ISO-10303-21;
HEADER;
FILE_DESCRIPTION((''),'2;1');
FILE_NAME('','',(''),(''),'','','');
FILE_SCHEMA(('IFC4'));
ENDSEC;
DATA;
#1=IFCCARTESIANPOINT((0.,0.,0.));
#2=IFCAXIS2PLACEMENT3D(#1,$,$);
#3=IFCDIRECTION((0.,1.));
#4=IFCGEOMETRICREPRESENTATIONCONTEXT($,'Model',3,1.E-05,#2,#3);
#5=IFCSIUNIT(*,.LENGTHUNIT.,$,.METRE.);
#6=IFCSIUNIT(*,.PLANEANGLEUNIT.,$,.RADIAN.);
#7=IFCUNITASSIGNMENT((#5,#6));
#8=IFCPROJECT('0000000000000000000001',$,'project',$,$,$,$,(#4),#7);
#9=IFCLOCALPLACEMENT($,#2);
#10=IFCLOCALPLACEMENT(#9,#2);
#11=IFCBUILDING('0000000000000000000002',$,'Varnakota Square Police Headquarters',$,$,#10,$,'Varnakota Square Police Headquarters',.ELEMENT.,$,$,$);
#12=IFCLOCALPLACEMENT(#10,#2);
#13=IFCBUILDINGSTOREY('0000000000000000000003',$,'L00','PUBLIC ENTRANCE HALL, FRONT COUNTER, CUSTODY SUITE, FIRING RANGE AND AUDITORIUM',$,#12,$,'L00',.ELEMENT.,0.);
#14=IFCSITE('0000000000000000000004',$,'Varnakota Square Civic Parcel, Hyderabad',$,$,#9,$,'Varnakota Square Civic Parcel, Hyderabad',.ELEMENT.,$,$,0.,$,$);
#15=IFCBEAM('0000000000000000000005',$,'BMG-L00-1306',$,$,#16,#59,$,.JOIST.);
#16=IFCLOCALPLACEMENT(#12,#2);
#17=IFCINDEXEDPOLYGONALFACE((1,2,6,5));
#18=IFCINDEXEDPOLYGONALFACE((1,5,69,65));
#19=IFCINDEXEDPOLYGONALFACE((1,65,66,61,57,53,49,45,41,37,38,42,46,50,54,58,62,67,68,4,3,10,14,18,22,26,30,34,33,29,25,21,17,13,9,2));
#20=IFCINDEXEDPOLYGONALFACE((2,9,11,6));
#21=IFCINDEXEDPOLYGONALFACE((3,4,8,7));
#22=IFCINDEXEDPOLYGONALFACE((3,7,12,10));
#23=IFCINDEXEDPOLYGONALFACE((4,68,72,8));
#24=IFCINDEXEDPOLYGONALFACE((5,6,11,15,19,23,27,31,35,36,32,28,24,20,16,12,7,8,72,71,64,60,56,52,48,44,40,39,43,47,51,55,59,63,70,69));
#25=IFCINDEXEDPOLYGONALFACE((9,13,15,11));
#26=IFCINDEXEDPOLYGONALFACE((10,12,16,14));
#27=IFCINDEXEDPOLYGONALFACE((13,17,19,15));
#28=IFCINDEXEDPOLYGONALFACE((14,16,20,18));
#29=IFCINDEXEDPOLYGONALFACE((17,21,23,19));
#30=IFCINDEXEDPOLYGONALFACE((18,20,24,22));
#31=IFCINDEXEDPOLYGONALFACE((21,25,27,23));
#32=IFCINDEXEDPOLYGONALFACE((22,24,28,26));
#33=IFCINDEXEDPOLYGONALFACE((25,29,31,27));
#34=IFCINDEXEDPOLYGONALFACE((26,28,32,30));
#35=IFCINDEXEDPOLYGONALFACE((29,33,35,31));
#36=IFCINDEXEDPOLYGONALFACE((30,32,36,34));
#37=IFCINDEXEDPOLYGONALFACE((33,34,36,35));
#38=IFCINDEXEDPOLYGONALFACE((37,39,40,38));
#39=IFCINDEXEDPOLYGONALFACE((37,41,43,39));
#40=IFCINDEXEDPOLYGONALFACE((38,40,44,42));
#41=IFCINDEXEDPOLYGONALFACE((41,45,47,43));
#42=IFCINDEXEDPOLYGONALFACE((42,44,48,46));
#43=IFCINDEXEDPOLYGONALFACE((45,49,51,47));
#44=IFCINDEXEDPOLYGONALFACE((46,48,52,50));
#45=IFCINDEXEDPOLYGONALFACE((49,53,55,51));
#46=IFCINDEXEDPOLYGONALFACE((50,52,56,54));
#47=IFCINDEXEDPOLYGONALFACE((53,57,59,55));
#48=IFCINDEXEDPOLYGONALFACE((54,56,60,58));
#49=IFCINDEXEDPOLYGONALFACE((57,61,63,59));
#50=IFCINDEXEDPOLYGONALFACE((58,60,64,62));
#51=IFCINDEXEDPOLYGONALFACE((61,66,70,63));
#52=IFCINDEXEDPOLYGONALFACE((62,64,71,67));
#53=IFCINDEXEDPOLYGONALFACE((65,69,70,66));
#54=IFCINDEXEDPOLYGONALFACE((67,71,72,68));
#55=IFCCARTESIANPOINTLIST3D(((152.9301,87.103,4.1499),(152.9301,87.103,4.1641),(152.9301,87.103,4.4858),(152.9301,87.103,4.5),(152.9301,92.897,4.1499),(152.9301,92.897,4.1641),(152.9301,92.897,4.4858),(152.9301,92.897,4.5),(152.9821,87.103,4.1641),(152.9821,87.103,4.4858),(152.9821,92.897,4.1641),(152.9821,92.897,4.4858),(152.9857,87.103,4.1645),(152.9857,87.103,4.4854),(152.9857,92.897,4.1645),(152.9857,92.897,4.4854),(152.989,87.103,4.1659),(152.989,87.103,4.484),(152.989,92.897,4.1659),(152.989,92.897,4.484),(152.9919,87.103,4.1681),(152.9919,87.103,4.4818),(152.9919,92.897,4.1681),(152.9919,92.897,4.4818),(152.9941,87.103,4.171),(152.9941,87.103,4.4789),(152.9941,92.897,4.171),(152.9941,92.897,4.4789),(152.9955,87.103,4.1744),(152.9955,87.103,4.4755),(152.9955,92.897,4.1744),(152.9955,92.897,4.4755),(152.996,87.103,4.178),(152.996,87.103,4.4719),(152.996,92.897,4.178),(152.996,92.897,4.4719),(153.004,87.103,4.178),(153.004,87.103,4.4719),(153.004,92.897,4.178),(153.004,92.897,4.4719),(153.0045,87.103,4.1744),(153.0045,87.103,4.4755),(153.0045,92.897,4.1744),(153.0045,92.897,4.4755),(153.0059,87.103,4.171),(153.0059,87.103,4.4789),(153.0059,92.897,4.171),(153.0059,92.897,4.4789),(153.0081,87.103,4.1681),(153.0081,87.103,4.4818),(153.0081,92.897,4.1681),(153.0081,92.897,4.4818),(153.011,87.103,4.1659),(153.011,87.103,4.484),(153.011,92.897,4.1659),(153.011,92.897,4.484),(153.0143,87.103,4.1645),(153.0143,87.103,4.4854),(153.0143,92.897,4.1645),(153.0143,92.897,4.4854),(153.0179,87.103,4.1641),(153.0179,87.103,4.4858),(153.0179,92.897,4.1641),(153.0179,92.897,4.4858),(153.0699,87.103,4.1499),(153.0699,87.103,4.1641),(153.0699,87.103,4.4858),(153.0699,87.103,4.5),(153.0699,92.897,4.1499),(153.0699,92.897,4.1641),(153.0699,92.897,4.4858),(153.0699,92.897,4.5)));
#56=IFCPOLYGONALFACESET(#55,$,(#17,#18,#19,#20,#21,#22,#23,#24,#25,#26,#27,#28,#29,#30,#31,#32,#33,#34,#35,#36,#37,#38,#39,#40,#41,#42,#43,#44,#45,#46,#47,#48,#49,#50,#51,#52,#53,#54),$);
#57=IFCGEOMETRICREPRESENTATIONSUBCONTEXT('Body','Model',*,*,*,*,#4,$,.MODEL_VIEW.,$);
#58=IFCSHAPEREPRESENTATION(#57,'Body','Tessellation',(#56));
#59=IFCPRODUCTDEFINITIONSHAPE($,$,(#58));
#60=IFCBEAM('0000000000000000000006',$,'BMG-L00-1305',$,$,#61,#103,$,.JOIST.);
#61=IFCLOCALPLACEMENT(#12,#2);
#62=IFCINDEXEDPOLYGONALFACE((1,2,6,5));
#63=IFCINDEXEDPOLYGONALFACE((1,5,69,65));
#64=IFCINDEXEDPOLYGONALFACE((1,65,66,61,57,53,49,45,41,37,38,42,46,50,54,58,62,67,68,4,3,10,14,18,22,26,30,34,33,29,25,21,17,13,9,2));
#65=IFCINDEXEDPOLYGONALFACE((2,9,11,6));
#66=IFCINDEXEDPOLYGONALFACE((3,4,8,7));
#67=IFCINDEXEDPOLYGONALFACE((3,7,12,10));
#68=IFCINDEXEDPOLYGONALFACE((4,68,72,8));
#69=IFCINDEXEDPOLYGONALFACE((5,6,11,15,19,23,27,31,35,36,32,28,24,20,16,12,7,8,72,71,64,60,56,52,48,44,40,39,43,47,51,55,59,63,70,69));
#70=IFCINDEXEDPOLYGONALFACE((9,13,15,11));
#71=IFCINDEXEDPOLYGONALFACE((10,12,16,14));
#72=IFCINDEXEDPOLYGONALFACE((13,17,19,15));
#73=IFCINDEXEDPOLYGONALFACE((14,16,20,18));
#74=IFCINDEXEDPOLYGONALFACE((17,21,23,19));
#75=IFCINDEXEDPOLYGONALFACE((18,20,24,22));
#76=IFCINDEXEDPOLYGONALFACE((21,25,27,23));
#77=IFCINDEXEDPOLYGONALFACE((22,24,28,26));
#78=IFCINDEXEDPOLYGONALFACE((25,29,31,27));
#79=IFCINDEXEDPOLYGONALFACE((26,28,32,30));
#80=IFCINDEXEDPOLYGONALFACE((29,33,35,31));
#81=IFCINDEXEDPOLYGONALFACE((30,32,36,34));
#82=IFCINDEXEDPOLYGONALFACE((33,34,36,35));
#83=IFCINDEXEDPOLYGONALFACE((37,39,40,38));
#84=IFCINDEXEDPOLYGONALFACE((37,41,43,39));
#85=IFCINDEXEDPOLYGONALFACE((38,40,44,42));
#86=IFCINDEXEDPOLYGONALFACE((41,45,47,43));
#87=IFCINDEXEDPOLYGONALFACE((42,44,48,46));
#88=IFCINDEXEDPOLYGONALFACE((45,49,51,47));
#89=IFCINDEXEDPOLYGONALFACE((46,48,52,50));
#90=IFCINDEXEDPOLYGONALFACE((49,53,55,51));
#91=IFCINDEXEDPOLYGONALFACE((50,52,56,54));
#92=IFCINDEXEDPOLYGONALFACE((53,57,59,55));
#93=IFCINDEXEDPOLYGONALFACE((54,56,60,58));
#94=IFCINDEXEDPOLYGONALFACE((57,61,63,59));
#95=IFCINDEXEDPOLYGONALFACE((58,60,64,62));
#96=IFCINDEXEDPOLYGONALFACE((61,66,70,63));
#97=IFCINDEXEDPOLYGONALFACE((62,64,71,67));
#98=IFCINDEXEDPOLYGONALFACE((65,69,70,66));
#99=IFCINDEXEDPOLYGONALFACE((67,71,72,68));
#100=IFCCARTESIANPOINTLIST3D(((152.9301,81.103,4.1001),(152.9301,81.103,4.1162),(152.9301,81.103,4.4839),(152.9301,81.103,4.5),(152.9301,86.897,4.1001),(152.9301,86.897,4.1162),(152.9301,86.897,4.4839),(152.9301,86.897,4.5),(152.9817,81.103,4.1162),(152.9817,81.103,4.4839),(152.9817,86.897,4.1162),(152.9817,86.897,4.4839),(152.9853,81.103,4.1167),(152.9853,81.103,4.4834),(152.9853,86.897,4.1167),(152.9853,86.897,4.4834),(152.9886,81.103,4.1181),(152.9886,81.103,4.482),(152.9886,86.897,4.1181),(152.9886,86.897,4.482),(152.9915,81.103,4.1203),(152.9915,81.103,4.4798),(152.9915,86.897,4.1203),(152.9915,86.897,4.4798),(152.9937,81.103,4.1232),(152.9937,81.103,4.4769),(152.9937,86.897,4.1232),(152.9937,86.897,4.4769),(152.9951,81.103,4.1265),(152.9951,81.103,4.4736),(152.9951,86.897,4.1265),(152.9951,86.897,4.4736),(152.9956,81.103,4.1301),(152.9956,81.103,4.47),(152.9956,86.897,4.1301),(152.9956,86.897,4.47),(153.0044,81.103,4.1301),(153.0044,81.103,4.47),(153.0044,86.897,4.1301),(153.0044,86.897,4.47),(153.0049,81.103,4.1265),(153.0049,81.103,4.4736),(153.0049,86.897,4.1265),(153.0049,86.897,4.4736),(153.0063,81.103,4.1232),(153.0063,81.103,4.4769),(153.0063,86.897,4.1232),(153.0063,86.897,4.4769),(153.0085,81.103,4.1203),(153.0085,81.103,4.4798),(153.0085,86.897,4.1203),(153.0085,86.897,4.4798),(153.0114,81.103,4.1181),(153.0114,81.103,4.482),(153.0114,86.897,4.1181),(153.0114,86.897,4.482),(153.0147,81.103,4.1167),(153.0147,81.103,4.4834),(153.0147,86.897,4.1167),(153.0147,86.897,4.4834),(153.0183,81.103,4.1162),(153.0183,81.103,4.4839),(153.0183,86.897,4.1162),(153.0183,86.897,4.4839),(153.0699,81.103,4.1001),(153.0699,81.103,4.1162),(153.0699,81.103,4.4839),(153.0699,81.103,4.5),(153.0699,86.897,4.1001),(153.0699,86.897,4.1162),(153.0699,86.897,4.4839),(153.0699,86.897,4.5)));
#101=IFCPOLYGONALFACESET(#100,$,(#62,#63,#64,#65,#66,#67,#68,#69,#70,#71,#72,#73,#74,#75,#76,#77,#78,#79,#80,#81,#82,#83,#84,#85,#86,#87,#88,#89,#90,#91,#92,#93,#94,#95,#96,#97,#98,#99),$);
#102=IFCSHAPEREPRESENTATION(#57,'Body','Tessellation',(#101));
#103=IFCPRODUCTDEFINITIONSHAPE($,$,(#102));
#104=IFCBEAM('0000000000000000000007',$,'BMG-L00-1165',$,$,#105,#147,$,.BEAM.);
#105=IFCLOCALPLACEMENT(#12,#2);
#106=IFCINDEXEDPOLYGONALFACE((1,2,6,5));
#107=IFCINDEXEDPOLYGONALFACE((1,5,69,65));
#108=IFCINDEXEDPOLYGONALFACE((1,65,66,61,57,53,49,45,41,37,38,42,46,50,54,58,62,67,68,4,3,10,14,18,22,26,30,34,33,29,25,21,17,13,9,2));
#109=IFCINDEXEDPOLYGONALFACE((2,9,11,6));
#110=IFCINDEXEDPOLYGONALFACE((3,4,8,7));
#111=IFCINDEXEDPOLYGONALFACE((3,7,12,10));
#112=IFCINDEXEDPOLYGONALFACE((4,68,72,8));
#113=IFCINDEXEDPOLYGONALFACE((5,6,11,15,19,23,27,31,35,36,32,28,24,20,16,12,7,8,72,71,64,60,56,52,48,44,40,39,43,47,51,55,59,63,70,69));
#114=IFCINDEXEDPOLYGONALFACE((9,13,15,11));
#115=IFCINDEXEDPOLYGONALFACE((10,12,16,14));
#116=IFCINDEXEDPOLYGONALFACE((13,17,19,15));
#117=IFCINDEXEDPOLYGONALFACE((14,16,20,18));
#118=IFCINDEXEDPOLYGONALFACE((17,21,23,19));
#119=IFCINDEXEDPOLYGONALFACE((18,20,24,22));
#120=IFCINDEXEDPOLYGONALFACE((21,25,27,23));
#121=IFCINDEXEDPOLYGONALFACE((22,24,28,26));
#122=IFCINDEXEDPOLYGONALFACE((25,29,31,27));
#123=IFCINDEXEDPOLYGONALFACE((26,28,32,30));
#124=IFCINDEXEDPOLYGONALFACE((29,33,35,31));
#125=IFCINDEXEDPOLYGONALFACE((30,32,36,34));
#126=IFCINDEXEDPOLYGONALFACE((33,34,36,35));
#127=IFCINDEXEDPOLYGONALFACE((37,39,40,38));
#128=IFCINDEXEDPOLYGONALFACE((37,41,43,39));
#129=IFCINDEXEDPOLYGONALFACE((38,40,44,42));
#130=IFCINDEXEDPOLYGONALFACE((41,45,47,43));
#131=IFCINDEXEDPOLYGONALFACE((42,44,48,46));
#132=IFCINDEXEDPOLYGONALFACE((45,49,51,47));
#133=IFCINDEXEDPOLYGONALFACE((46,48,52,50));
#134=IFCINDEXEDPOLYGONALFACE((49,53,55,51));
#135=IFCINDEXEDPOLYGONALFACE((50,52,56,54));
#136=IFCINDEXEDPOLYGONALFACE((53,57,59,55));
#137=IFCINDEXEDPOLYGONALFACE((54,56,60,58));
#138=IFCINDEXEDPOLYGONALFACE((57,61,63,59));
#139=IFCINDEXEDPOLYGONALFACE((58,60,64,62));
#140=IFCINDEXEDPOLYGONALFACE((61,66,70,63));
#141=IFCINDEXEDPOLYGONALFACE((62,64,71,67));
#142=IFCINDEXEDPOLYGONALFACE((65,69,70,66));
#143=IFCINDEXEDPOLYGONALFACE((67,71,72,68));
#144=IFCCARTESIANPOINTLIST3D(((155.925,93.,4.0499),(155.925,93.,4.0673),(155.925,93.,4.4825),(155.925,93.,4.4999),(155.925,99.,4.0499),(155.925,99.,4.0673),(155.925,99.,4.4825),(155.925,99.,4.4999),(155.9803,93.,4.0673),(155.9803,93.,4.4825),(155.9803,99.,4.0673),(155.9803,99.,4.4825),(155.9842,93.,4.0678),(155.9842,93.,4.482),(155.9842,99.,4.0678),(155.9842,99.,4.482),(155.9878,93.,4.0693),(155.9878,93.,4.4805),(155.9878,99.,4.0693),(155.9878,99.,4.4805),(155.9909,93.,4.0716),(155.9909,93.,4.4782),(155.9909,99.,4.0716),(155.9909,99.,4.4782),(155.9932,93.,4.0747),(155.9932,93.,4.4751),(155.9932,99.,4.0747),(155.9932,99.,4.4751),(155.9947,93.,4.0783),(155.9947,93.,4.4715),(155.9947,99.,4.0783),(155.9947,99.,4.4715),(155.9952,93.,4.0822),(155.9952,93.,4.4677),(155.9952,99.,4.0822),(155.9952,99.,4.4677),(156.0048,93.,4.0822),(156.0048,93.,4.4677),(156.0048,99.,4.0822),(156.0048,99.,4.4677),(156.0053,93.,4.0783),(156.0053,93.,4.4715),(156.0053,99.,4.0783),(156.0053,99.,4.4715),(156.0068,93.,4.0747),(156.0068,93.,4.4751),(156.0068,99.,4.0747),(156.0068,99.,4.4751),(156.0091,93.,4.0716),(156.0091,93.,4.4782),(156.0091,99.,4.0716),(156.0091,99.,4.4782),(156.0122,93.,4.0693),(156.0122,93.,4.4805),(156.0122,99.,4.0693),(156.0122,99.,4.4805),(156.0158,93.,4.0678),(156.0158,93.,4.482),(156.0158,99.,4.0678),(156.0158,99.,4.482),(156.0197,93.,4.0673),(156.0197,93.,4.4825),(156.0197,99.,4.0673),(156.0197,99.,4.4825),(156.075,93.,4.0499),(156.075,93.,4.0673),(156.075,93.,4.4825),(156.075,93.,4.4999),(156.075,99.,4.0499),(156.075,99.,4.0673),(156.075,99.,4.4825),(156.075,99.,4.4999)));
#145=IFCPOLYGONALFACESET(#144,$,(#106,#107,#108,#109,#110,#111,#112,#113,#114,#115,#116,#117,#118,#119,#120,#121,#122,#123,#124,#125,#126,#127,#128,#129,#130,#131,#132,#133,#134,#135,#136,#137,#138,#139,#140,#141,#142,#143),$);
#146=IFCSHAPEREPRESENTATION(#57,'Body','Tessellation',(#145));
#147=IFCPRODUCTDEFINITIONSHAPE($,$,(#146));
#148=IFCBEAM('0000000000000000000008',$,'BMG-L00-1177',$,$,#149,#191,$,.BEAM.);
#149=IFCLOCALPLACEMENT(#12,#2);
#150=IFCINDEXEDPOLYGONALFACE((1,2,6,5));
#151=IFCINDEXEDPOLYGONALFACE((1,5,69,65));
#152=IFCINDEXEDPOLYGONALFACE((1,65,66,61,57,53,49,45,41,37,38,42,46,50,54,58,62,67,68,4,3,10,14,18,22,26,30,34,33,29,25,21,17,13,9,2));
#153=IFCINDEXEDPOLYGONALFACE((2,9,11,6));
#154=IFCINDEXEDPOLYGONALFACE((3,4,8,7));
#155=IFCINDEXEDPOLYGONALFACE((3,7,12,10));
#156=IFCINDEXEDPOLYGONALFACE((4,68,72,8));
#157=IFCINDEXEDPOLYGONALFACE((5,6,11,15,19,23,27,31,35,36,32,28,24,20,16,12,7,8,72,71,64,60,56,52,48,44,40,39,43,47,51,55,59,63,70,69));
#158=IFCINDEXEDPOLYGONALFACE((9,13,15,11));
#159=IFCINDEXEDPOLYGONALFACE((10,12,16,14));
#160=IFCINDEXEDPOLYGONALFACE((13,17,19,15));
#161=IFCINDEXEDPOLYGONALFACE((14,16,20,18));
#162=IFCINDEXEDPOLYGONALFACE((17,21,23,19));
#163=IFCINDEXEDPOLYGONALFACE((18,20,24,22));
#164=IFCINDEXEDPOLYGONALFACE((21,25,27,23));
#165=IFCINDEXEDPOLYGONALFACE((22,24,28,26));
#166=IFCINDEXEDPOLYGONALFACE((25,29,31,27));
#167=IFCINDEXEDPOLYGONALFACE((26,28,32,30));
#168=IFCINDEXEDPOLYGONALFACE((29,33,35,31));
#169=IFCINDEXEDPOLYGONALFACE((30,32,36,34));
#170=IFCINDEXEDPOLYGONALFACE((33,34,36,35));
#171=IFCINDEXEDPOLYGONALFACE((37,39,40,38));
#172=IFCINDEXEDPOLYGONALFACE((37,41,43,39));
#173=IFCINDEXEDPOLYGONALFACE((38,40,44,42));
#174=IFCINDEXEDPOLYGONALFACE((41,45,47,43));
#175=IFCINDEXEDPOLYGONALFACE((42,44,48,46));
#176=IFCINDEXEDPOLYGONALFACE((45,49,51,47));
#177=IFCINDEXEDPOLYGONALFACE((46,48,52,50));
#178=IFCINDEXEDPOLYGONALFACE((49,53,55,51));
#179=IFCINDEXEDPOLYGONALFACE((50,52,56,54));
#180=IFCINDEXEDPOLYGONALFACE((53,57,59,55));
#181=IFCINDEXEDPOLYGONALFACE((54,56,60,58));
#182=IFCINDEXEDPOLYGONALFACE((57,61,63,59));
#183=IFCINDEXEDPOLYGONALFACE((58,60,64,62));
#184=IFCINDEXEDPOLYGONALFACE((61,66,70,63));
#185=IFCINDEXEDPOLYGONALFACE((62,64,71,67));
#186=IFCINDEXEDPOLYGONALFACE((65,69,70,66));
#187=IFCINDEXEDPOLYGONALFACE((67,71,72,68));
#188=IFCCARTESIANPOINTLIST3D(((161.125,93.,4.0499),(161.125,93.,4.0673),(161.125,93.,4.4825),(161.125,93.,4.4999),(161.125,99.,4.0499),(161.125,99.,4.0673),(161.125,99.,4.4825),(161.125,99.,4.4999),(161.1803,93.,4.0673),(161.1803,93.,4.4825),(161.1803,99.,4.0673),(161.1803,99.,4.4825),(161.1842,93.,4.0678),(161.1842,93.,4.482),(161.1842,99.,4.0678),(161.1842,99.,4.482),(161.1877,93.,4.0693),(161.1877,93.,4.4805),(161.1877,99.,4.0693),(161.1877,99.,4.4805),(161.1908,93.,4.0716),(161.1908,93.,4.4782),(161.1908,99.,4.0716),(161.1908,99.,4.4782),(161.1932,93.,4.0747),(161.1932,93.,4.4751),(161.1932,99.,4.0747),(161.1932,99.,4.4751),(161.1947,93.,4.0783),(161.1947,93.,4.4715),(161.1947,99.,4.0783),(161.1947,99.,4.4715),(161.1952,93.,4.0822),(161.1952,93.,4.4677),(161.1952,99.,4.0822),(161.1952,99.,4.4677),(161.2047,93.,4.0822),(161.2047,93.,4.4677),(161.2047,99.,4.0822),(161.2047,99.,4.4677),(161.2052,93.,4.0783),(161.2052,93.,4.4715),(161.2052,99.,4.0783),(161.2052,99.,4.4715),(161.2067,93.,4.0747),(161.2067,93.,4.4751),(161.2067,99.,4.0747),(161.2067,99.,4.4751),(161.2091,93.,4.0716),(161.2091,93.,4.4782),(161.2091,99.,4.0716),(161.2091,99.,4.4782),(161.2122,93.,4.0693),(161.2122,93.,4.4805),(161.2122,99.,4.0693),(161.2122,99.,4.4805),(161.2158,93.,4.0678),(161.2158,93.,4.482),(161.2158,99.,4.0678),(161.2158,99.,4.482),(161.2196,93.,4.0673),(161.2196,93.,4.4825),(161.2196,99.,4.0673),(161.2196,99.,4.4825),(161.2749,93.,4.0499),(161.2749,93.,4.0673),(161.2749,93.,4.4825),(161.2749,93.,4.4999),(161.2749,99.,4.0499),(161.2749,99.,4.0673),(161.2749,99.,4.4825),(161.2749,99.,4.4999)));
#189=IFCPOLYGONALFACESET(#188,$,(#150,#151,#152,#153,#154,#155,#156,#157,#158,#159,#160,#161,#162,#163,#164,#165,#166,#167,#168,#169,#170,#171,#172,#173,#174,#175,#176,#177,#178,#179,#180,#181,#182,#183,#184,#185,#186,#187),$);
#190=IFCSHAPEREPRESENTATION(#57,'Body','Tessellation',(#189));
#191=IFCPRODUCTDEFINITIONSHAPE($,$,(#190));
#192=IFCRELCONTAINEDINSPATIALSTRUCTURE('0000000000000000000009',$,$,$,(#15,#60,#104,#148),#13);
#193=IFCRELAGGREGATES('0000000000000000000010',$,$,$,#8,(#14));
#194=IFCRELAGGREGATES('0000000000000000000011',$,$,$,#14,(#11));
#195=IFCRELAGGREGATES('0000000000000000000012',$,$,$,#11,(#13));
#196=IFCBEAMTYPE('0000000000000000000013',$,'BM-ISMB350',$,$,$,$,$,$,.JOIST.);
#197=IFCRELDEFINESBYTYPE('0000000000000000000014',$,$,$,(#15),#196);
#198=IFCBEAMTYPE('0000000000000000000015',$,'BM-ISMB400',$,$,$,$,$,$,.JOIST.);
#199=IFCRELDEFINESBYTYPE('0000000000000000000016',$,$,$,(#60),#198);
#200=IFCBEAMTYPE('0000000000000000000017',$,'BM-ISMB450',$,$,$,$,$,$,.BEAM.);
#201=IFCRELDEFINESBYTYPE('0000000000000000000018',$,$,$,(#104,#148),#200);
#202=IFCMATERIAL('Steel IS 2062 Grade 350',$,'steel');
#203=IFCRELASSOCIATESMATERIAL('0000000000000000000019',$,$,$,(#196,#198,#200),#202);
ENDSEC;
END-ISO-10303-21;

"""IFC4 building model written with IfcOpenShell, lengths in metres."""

from ifc_helpers import new_model, si_unit, direction, frame, origin, origin_2d, place, context, subcontext, project, spatial, i_section, extrude, material, material_profile, profile_set, type_object, element, save


model = new_model("IFC4")

# Units and contexts
model_context = context("Model", 3, precision=1e-05, world=origin(), true_north=direction((0.0, 1.0)))
body_context = subcontext(model_context, "Body", "Model", "MODEL_VIEW")
ifc_project = project(units=[si_unit("LENGTHUNIT", "METRE"), si_unit("PLANEANGLEUNIT", "RADIAN")], contexts=[model_context])

# Site, building, storey
site_placement = place(None, origin())
site = spatial("IfcSite", under=ifc_project, at=site_placement, Name="Varnakota Square Civic Parcel, Hyderabad", LongName="Varnakota Square Civic Parcel, Hyderabad", CompositionType="ELEMENT", RefElevation=0.0)
building_placement = place(site_placement, origin())
building = spatial("IfcBuilding", under=site, at=building_placement, Name="Varnakota Square Police Headquarters", LongName="Varnakota Square Police Headquarters", CompositionType="ELEMENT")
storey_placement = place(building_placement, origin())
storey = spatial("IfcBuildingStorey", under=building, at=storey_placement, Name="L00", Description="PUBLIC ENTRANCE HALL, FRONT COUNTER, CUSTODY SUITE, FIRING RANGE AND AUDITORIUM", LongName="L00", CompositionType="ELEMENT", Elevation=0.0)

# Beams
ifc_material_1 = material(Name="Steel IS 2062 Grade 350", Category="steel")
ifc_material_profile_1 = material_profile(ifc_material_1, i_section(OverallWidth=0.1399, OverallDepth=0.3501, WebThickness=0.0081, FlangeThickness=0.0142, FilletRadius=0.0139, at=origin_2d()), Name="ISMB 350")
ifc_profile_set_1 = profile_set([ifc_material_profile_1], Name="Steel IS 2062 Grade 350")
beam_type_1 = type_object("IfcBeamType", Name="BM-ISMB350", PredefinedType="JOIST", material=ifc_profile_set_1)
beam_1_placement = place(storey_placement, frame((153.0, 87.103, 4.325), z_axis=(0.0, 1.0, 0.0), x_axis=(-1.0, 0.0, 0.0)))
element("IfcBeam", 1, at=beam_1_placement, inside=storey, type_object=beam_type_1, Name="BMG-L00-1306", PredefinedType="JOIST", context=body_context, shape_type="SweptSolid", body=[
    extrude(i_section(OverallWidth=0.1399, OverallDepth=0.3501, WebThickness=0.0081, FlangeThickness=0.0142, FilletRadius=0.0139, at=origin_2d()), origin(), (0.0, 0.0, 1.0), 5.7939),
])
ifc_material_profile_2 = material_profile(ifc_material_1, i_section(OverallWidth=0.1399, OverallDepth=0.3999, WebThickness=0.0088, FlangeThickness=0.0161, FilletRadius=0.0139, at=origin_2d()), Name="ISMB 400")
ifc_profile_set_2 = profile_set([ifc_material_profile_2], Name="Steel IS 2062 Grade 350")
beam_type_2 = type_object("IfcBeamType", Name="BM-ISMB400", PredefinedType="JOIST", material=ifc_profile_set_2)
beam_2_placement = place(storey_placement, frame((153.0, 81.103, 4.3), z_axis=(0.0, 1.0, 0.0), x_axis=(-1.0, 0.0, 0.0)))
element("IfcBeam", 2, at=beam_2_placement, inside=storey, type_object=beam_type_2, Name="BMG-L00-1305", PredefinedType="JOIST", context=body_context, shape_type="SweptSolid", body=[
    extrude(i_section(OverallWidth=0.1399, OverallDepth=0.3999, WebThickness=0.0088, FlangeThickness=0.0161, FilletRadius=0.0139, at=origin_2d()), origin(), (0.0, 0.0, 1.0), 5.7939),
])
ifc_material_profile_3 = material_profile(ifc_material_1, i_section(OverallWidth=0.1499, OverallDepth=0.45, WebThickness=0.0095, FlangeThickness=0.0173, FilletRadius=0.0149, at=origin_2d()), Name="ISMB 450")
ifc_profile_set_3 = profile_set([ifc_material_profile_3], Name="Steel IS 2062 Grade 350")
beam_type_3 = type_object("IfcBeamType", Name="BM-ISMB450", PredefinedType="BEAM", material=ifc_profile_set_3)
for number, where, z_axis, x_axis, name in (
    (3, (156.0, 93.0, 4.2749), (0.0, 1.0, 0.0), (-1.0, 0.0, 0.0), "BMG-L00-1165"),
    (4, (161.2, 93.0, 4.2749), (0.0, 1.0, 0.0), (-1.0, 0.0, 0.0), "BMG-L00-1177"),
):
    element("IfcBeam", number, at=place(storey_placement, frame(where, z_axis=z_axis, x_axis=x_axis)), inside=storey, type_object=beam_type_3, Name=name, PredefinedType="BEAM", context=body_context, shape_type="SweptSolid", body=[
        extrude(i_section(OverallWidth=0.1499, OverallDepth=0.45, WebThickness=0.0095, FlangeThickness=0.0173, FilletRadius=0.0149, at=origin_2d()), origin(), (0.0, 0.0, 1.0), 6.0),
    ])

save(model, "model.ifc")
